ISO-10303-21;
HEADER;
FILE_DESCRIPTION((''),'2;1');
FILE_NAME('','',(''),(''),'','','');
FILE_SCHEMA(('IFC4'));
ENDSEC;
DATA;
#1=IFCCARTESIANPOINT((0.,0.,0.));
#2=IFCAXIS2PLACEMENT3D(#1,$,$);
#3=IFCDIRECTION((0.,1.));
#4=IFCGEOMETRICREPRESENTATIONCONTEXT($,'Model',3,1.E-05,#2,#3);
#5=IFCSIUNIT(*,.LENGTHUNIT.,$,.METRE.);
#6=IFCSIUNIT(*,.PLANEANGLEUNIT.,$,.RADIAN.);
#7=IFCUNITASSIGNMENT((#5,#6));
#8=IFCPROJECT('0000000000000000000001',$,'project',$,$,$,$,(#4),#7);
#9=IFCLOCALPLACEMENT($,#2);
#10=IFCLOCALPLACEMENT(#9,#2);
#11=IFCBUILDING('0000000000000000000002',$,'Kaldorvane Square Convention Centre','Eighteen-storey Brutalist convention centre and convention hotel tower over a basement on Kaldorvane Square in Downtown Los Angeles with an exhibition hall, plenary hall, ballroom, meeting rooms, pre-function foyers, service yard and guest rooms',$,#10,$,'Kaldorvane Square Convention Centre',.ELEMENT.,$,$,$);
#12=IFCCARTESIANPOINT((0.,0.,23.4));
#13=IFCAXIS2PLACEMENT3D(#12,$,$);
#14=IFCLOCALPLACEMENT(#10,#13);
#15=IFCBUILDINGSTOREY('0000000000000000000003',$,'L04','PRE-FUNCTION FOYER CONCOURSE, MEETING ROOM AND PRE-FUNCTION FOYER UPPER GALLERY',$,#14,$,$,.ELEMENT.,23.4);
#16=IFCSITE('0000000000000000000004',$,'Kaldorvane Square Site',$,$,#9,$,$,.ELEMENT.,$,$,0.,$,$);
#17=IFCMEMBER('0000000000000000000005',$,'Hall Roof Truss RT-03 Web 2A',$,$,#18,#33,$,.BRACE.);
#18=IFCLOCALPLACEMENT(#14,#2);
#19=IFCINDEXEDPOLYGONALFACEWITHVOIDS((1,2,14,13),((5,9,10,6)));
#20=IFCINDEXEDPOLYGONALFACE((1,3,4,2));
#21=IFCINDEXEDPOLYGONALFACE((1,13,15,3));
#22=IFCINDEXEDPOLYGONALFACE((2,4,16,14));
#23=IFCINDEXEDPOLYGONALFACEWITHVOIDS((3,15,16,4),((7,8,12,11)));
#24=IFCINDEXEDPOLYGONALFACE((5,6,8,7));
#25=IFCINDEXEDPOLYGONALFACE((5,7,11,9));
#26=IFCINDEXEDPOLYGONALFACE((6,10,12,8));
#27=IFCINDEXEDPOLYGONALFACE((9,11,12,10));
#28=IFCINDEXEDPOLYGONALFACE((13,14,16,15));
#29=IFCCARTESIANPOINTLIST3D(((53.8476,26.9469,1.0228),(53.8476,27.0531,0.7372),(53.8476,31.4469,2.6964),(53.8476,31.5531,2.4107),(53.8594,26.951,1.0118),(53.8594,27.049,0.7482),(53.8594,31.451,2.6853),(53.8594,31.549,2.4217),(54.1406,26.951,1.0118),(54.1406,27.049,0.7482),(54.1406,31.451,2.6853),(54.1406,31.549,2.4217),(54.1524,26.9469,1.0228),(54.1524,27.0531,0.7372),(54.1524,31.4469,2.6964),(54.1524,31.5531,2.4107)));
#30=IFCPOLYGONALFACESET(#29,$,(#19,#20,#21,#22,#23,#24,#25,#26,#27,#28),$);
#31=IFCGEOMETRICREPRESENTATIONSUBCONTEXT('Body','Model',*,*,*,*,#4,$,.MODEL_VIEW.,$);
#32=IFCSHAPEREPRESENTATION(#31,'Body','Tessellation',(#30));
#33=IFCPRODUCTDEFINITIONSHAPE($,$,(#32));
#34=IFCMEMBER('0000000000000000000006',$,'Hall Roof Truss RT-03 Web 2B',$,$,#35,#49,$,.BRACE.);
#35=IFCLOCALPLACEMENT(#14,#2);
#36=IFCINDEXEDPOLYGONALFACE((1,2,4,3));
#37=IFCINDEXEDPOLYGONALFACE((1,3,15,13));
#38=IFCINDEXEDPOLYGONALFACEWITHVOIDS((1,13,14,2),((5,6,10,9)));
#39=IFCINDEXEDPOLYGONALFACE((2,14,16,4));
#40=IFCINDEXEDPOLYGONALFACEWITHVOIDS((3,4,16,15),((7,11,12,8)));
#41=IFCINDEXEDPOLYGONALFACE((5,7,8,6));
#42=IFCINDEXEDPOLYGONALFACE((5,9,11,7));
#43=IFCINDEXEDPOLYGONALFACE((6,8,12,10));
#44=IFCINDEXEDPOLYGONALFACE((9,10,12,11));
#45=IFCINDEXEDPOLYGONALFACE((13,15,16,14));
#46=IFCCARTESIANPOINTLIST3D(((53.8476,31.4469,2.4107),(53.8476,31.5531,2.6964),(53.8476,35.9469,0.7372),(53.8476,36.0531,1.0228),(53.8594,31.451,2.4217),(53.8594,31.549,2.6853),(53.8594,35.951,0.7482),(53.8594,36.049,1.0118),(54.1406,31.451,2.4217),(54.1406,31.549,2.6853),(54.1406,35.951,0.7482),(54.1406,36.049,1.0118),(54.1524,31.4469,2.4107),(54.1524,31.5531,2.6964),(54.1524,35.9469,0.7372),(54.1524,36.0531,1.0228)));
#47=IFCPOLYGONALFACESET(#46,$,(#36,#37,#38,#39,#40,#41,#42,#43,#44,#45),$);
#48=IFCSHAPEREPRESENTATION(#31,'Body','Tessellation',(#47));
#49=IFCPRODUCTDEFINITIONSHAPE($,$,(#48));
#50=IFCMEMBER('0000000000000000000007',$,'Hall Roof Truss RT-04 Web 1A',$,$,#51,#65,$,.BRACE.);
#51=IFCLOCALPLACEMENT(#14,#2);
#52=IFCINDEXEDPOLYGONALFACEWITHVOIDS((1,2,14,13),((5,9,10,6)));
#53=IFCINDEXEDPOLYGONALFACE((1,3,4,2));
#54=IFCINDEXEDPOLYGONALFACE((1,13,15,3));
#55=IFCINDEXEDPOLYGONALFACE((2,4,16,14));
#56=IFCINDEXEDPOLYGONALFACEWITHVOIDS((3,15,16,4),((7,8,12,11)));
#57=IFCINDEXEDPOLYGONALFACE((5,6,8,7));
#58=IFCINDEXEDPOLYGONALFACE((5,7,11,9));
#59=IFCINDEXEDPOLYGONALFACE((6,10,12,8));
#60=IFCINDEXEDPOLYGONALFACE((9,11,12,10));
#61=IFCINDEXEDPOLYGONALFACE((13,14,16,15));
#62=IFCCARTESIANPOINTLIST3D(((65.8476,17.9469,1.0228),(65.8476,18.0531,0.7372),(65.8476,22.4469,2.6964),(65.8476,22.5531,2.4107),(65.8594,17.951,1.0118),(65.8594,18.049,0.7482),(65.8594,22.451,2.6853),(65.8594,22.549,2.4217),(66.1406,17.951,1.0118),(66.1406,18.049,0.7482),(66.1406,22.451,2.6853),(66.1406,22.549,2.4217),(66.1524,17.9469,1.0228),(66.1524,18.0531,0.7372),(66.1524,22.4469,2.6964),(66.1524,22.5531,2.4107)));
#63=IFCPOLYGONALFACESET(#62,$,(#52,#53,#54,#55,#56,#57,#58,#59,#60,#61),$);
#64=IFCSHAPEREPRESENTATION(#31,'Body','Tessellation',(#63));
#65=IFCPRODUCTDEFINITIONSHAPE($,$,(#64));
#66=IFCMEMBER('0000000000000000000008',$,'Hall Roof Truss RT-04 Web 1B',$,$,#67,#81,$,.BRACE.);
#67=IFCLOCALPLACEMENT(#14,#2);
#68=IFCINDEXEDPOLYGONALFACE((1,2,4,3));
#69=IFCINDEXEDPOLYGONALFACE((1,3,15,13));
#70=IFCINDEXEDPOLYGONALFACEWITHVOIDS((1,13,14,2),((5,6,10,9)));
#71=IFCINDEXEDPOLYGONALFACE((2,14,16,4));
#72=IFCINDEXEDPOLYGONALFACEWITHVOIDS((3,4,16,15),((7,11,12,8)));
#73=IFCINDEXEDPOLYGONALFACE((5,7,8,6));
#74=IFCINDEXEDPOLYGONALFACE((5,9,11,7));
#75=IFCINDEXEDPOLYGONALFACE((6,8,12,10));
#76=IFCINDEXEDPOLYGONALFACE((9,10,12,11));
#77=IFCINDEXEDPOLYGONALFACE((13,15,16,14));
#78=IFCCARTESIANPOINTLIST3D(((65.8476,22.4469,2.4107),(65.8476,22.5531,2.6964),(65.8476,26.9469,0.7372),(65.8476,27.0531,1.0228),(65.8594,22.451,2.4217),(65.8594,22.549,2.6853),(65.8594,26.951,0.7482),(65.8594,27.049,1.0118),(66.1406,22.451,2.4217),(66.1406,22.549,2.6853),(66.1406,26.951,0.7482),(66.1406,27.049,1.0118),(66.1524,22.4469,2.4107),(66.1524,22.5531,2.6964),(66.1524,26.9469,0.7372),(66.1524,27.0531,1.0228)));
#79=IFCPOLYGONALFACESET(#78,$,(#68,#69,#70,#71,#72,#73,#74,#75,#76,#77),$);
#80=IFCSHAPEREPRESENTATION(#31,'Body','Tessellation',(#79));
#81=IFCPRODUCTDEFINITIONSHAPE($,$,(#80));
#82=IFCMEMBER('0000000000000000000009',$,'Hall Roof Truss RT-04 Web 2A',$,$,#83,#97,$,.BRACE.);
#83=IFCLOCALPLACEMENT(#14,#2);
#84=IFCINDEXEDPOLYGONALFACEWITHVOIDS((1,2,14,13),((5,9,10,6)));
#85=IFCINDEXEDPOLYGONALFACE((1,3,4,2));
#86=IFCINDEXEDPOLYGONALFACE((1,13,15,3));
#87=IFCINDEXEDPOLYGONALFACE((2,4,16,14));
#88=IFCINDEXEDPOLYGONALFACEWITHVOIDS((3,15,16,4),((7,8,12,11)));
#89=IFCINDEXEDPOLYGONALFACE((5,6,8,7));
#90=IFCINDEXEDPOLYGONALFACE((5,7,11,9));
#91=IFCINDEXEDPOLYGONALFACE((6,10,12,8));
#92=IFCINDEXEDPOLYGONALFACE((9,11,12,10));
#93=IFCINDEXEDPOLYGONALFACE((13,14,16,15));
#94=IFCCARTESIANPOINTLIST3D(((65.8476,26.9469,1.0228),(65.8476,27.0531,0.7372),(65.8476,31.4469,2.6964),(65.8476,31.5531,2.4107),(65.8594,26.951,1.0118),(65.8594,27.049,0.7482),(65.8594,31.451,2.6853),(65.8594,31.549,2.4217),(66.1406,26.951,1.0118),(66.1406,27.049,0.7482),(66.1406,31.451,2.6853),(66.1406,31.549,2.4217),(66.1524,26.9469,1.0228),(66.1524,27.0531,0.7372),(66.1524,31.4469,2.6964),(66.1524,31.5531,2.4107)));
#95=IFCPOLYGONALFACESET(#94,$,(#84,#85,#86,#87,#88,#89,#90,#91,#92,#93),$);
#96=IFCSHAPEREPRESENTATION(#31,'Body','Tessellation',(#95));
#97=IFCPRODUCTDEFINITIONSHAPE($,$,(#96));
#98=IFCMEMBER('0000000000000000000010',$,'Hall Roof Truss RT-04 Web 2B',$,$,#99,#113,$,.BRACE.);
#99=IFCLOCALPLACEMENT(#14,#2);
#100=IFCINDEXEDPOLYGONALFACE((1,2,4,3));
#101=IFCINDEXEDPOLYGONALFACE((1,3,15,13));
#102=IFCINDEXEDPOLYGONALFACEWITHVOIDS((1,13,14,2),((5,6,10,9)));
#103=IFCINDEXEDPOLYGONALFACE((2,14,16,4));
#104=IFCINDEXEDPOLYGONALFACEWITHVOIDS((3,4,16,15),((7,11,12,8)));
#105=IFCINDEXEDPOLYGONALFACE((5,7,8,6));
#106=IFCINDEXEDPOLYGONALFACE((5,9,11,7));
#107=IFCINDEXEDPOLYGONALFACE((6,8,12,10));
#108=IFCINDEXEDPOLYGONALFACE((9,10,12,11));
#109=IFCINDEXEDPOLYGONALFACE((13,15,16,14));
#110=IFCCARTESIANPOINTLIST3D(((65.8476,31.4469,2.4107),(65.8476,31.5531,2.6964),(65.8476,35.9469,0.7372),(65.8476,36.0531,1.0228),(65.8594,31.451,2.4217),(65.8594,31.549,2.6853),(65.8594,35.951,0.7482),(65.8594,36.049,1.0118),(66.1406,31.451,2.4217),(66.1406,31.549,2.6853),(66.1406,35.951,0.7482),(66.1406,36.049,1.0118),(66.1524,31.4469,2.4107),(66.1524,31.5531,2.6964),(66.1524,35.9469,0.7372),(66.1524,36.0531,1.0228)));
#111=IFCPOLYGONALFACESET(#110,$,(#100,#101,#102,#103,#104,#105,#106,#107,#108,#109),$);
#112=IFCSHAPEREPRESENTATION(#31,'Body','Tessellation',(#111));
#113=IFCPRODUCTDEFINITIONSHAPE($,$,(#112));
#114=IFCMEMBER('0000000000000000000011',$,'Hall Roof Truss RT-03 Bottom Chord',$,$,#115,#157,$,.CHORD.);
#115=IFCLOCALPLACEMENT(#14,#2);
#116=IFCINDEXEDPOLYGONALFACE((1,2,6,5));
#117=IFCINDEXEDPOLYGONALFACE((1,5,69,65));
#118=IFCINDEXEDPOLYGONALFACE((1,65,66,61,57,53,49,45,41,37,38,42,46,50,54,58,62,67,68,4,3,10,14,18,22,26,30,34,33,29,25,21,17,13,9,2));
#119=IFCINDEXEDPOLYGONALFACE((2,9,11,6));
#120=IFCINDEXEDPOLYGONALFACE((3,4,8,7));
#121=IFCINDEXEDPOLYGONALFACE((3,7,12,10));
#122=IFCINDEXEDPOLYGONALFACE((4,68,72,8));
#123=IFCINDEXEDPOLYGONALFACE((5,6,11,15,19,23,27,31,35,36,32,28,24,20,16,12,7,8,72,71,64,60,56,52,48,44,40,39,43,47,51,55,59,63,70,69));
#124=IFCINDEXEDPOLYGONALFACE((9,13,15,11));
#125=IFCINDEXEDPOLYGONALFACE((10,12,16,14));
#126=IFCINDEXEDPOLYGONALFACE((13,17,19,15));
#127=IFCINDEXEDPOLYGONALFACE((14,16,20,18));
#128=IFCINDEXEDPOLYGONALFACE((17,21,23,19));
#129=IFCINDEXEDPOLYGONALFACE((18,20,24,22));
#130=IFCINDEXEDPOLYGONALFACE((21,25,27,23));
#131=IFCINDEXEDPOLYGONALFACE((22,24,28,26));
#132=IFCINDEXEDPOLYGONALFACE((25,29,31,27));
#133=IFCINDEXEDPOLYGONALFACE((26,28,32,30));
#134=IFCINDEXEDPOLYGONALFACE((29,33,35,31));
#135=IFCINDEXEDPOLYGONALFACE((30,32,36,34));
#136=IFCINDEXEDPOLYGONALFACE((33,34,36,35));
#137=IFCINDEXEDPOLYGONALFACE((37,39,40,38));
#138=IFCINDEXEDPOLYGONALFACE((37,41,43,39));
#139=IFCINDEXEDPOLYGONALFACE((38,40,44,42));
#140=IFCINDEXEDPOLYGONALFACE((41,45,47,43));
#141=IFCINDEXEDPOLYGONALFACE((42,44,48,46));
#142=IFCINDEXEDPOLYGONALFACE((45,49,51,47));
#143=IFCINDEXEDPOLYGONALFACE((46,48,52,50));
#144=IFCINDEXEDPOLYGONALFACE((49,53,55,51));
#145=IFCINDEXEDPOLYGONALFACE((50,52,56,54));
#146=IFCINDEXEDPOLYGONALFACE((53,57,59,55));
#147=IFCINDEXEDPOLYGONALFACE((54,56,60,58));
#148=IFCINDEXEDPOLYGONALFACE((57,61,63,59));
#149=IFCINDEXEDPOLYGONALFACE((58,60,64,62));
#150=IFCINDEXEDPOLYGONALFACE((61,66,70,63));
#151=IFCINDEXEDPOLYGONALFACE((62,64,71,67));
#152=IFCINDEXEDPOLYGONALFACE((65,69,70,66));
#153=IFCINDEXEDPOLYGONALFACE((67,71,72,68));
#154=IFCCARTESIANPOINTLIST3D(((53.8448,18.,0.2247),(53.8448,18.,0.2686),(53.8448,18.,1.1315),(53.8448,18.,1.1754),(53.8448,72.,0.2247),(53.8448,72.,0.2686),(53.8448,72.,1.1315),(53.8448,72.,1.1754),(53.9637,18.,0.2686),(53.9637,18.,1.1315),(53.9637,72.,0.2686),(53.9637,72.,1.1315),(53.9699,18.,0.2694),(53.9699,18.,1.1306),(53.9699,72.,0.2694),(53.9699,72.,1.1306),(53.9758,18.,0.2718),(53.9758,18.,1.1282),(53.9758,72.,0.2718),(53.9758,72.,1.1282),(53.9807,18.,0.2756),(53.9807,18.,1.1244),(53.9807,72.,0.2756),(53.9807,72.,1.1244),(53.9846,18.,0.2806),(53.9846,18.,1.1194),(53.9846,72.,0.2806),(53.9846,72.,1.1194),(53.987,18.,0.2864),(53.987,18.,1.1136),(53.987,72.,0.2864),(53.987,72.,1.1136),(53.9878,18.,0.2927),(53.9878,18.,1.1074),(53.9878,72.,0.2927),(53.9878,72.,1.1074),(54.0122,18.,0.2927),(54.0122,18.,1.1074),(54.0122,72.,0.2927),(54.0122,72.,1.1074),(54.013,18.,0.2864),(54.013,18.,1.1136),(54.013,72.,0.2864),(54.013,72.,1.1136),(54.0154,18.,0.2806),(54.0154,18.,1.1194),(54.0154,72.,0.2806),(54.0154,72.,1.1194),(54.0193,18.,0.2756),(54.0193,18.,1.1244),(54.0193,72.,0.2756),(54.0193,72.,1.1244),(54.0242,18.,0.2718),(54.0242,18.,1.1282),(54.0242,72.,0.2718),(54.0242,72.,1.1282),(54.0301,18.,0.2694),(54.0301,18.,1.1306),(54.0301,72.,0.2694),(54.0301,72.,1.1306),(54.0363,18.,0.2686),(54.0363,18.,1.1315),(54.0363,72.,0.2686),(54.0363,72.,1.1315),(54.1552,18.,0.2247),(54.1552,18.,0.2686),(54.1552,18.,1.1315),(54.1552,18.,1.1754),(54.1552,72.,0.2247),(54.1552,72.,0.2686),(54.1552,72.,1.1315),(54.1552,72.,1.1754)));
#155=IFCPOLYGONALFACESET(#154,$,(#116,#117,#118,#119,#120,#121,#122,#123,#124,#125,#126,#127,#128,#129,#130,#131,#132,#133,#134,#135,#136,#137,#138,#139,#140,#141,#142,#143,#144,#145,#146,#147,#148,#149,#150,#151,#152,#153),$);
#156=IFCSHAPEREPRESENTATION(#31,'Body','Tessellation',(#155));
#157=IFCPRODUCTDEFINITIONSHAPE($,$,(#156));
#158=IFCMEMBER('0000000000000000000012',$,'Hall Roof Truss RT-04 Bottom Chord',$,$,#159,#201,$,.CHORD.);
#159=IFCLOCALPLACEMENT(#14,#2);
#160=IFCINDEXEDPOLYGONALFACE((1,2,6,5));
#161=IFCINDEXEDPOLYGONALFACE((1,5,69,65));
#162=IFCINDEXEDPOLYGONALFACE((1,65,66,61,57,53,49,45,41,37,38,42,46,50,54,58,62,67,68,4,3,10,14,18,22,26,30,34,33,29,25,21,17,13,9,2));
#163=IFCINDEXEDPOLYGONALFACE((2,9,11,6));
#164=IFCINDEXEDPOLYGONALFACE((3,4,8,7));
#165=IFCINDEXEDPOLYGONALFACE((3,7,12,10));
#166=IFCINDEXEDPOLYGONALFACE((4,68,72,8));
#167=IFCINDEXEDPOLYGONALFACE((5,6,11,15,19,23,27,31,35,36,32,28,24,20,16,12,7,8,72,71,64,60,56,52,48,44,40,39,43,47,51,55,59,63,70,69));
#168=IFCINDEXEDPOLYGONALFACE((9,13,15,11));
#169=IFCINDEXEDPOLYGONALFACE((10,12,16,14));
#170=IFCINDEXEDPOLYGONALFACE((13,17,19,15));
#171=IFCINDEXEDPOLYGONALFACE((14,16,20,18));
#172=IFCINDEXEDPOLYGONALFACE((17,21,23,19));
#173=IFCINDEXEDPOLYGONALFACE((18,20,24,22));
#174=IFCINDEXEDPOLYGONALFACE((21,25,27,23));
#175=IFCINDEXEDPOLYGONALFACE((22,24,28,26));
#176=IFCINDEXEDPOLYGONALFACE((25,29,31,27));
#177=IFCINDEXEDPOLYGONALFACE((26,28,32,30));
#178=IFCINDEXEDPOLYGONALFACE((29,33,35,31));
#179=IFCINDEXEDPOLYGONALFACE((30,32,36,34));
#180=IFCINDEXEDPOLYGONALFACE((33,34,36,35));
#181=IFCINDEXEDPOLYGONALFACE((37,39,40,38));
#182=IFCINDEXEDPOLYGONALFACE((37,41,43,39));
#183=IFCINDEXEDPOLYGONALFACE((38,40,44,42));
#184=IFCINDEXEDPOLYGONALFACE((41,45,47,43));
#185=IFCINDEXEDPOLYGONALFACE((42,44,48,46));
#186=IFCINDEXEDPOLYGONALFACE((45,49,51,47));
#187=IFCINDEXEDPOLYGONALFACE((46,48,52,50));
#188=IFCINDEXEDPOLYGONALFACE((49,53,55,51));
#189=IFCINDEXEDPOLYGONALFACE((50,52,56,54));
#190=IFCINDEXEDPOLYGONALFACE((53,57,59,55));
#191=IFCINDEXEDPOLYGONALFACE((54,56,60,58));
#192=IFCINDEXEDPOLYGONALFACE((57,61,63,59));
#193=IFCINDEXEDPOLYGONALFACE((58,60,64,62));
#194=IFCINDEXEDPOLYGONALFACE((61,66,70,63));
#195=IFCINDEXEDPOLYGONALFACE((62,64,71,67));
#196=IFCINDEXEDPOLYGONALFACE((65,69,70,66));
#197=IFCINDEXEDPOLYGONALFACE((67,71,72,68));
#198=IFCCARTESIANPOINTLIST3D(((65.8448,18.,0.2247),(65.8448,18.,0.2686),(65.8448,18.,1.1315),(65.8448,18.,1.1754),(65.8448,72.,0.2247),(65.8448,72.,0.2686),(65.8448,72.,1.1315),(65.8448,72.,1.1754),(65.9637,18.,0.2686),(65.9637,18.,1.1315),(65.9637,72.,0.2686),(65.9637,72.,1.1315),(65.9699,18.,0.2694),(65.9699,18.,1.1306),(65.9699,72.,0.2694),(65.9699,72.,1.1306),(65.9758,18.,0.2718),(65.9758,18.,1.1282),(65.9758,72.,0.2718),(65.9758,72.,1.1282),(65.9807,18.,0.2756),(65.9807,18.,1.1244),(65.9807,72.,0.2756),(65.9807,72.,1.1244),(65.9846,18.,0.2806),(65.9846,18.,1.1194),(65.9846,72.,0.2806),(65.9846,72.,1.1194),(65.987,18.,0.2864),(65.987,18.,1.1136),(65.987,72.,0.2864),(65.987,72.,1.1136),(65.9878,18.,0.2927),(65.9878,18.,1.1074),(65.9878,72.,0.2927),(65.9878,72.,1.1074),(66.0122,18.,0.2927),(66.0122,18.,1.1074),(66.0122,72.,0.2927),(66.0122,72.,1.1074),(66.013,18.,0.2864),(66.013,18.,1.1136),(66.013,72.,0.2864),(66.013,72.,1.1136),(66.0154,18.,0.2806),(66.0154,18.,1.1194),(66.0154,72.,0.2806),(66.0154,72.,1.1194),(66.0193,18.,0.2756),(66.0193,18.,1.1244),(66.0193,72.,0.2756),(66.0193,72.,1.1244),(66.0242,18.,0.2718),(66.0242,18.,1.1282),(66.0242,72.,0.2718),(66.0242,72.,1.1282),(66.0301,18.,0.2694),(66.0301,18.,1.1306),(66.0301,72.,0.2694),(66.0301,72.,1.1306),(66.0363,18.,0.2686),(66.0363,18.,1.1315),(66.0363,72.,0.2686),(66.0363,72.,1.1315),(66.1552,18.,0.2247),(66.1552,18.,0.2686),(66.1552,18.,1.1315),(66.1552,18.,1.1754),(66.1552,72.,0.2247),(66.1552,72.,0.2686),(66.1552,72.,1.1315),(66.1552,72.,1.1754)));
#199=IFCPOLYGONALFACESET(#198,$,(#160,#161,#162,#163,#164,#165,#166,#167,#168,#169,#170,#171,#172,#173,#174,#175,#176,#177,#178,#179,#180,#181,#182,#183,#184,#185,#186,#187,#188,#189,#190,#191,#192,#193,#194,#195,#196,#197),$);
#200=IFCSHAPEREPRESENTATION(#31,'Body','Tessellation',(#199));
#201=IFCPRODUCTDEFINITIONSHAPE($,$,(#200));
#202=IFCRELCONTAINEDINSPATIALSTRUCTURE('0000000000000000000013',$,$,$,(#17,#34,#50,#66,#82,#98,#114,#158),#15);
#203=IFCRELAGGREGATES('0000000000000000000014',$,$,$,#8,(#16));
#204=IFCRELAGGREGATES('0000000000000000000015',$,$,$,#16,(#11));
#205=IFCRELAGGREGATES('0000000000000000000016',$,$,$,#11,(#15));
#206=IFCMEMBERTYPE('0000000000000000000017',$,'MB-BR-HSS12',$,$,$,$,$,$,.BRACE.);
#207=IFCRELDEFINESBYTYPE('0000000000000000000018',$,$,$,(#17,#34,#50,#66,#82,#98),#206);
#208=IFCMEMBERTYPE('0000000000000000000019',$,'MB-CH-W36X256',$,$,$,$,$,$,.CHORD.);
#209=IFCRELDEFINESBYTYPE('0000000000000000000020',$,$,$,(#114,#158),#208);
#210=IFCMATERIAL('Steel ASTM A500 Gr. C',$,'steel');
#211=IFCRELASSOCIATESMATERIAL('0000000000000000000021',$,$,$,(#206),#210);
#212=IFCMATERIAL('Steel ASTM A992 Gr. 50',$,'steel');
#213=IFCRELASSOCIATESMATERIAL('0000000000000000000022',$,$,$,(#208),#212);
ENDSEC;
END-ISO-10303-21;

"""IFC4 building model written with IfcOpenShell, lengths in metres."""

from ifc_helpers import new_model, si_unit, direction, frame, origin, origin_2d, place, context, subcontext, project, spatial, hollow_rectangle, i_section, extrude, material, material_profile, profile_set, type_object, element, save


model = new_model("IFC4")

# Units and contexts
model_context = context("Model", 3, precision=1e-05, world=origin(), true_north=direction((0.0, 1.0)))
body_context = subcontext(model_context, "Body", "Model", "MODEL_VIEW")
ifc_project = project(units=[si_unit("LENGTHUNIT", "METRE"), si_unit("PLANEANGLEUNIT", "RADIAN")], contexts=[model_context])

# Site, building, storey
site_placement = place(None, origin())
site = spatial("IfcSite", under=ifc_project, at=site_placement, Name="Kaldorvane Square Site", CompositionType="ELEMENT", RefElevation=0.0)
building_placement = place(site_placement, origin())
building = spatial("IfcBuilding", under=site, at=building_placement, Name="Kaldorvane Square Convention Centre", Description="Eighteen-storey Brutalist convention centre and convention hotel tower over a basement on Kaldorvane Square in Downtown Los Angeles with an exhibition hall, plenary hall, ballroom, meeting rooms, pre-function foyers, service yard and guest rooms", LongName="Kaldorvane Square Convention Centre", CompositionType="ELEMENT")
storey_placement = place(building_placement, frame((0.0, 0.0, 23.4)))
storey = spatial("IfcBuildingStorey", under=building, at=storey_placement, Name="L04", Description="PRE-FUNCTION FOYER CONCOURSE, MEETING ROOM AND PRE-FUNCTION FOYER UPPER GALLERY", CompositionType="ELEMENT", Elevation=23.4)

# Shared definitions
ifc_material_1 = material(Name="Steel ASTM A992 Gr. 50", Category="steel")

# Members
ifc_material_2 = material(Name="Steel ASTM A500 Gr. C", Category="steel")
ifc_material_profile_1 = material_profile(ifc_material_2, hollow_rectangle(XDim=0.3048, YDim=0.3048, WallThickness=0.0118, at=origin_2d()), Name="HSS12X12X1/2")
ifc_profile_set_1 = profile_set([ifc_material_profile_1], Name="Steel ASTM A500 Gr. C")
member_type_1 = type_object("IfcMemberType", Name="MB-BR-HSS12", PredefinedType="BRACE", material=ifc_profile_set_1)
for number, where, z_axis, x_axis, name in (
    (1, (54.0, 27.0, 0.88), (0.0, 0.937284, 0.348567), (-1.0, 0.0, 0.0), "Hall Roof Truss RT-03 Web 2A"),
    (2, (54.0, 31.5, 2.5535), (0.0, 0.937284, -0.348567), (-1.0, 0.0, 0.0), "Hall Roof Truss RT-03 Web 2B"),
    (3, (66.0, 18.0, 0.88), (0.0, 0.937284, 0.348567), (-1.0, 0.0, 0.0), "Hall Roof Truss RT-04 Web 1A"),
    (4, (66.0, 22.5, 2.5535), (0.0, 0.937284, -0.348567), (-1.0, 0.0, 0.0), "Hall Roof Truss RT-04 Web 1B"),
    (5, (66.0, 27.0, 0.88), (0.0, 0.937284, 0.348567), (-1.0, 0.0, 0.0), "Hall Roof Truss RT-04 Web 2A"),
    (6, (66.0, 31.5, 2.5535), (0.0, 0.937284, -0.348567), (-1.0, 0.0, 0.0), "Hall Roof Truss RT-04 Web 2B"),
):
    element("IfcMember", number, at=place(storey_placement, frame(where, z_axis=z_axis, x_axis=x_axis)), inside=storey, type_object=member_type_1, Name=name, PredefinedType="BRACE", context=body_context, shape_type="SweptSolid", body=[
        extrude(hollow_rectangle(XDim=0.3048, YDim=0.3048, WallThickness=0.0118, at=origin_2d()), origin(), (0.0, 0.0, 1.0), 4.8011),
    ])
ifc_material_profile_2 = material_profile(ifc_material_1, i_section(OverallWidth=0.3103, OverallDepth=0.9507, WebThickness=0.0244, FlangeThickness=0.0439, FilletRadius=0.0241, at=origin_2d()), Name="W36X256")
ifc_profile_set_2 = profile_set([ifc_material_profile_2], Name="Steel ASTM A992 Gr. 50")
member_type_2 = type_object("IfcMemberType", Name="MB-CH-W36X256", PredefinedType="CHORD", material=ifc_profile_set_2)
for number, where, z_axis, x_axis, name in (
    (7, (54.0, 18.0, 0.7), (0.0, 1.0, 0.0), (-1.0, 0.0, 0.0), "Hall Roof Truss RT-03 Bottom Chord"),
    (8, (66.0, 18.0, 0.7), (0.0, 1.0, 0.0), (-1.0, 0.0, 0.0), "Hall Roof Truss RT-04 Bottom Chord"),
):
    element("IfcMember", number, at=place(storey_placement, frame(where, z_axis=z_axis, x_axis=x_axis)), inside=storey, type_object=member_type_2, Name=name, PredefinedType="CHORD", context=body_context, shape_type="SweptSolid", body=[
        extrude(i_section(OverallWidth=0.3103, OverallDepth=0.9507, WebThickness=0.0244, FlangeThickness=0.0439, FilletRadius=0.0241, at=origin_2d()), origin(), (0.0, 0.0, 1.0), 54.0),
    ])

save(model, "model.ifc")
